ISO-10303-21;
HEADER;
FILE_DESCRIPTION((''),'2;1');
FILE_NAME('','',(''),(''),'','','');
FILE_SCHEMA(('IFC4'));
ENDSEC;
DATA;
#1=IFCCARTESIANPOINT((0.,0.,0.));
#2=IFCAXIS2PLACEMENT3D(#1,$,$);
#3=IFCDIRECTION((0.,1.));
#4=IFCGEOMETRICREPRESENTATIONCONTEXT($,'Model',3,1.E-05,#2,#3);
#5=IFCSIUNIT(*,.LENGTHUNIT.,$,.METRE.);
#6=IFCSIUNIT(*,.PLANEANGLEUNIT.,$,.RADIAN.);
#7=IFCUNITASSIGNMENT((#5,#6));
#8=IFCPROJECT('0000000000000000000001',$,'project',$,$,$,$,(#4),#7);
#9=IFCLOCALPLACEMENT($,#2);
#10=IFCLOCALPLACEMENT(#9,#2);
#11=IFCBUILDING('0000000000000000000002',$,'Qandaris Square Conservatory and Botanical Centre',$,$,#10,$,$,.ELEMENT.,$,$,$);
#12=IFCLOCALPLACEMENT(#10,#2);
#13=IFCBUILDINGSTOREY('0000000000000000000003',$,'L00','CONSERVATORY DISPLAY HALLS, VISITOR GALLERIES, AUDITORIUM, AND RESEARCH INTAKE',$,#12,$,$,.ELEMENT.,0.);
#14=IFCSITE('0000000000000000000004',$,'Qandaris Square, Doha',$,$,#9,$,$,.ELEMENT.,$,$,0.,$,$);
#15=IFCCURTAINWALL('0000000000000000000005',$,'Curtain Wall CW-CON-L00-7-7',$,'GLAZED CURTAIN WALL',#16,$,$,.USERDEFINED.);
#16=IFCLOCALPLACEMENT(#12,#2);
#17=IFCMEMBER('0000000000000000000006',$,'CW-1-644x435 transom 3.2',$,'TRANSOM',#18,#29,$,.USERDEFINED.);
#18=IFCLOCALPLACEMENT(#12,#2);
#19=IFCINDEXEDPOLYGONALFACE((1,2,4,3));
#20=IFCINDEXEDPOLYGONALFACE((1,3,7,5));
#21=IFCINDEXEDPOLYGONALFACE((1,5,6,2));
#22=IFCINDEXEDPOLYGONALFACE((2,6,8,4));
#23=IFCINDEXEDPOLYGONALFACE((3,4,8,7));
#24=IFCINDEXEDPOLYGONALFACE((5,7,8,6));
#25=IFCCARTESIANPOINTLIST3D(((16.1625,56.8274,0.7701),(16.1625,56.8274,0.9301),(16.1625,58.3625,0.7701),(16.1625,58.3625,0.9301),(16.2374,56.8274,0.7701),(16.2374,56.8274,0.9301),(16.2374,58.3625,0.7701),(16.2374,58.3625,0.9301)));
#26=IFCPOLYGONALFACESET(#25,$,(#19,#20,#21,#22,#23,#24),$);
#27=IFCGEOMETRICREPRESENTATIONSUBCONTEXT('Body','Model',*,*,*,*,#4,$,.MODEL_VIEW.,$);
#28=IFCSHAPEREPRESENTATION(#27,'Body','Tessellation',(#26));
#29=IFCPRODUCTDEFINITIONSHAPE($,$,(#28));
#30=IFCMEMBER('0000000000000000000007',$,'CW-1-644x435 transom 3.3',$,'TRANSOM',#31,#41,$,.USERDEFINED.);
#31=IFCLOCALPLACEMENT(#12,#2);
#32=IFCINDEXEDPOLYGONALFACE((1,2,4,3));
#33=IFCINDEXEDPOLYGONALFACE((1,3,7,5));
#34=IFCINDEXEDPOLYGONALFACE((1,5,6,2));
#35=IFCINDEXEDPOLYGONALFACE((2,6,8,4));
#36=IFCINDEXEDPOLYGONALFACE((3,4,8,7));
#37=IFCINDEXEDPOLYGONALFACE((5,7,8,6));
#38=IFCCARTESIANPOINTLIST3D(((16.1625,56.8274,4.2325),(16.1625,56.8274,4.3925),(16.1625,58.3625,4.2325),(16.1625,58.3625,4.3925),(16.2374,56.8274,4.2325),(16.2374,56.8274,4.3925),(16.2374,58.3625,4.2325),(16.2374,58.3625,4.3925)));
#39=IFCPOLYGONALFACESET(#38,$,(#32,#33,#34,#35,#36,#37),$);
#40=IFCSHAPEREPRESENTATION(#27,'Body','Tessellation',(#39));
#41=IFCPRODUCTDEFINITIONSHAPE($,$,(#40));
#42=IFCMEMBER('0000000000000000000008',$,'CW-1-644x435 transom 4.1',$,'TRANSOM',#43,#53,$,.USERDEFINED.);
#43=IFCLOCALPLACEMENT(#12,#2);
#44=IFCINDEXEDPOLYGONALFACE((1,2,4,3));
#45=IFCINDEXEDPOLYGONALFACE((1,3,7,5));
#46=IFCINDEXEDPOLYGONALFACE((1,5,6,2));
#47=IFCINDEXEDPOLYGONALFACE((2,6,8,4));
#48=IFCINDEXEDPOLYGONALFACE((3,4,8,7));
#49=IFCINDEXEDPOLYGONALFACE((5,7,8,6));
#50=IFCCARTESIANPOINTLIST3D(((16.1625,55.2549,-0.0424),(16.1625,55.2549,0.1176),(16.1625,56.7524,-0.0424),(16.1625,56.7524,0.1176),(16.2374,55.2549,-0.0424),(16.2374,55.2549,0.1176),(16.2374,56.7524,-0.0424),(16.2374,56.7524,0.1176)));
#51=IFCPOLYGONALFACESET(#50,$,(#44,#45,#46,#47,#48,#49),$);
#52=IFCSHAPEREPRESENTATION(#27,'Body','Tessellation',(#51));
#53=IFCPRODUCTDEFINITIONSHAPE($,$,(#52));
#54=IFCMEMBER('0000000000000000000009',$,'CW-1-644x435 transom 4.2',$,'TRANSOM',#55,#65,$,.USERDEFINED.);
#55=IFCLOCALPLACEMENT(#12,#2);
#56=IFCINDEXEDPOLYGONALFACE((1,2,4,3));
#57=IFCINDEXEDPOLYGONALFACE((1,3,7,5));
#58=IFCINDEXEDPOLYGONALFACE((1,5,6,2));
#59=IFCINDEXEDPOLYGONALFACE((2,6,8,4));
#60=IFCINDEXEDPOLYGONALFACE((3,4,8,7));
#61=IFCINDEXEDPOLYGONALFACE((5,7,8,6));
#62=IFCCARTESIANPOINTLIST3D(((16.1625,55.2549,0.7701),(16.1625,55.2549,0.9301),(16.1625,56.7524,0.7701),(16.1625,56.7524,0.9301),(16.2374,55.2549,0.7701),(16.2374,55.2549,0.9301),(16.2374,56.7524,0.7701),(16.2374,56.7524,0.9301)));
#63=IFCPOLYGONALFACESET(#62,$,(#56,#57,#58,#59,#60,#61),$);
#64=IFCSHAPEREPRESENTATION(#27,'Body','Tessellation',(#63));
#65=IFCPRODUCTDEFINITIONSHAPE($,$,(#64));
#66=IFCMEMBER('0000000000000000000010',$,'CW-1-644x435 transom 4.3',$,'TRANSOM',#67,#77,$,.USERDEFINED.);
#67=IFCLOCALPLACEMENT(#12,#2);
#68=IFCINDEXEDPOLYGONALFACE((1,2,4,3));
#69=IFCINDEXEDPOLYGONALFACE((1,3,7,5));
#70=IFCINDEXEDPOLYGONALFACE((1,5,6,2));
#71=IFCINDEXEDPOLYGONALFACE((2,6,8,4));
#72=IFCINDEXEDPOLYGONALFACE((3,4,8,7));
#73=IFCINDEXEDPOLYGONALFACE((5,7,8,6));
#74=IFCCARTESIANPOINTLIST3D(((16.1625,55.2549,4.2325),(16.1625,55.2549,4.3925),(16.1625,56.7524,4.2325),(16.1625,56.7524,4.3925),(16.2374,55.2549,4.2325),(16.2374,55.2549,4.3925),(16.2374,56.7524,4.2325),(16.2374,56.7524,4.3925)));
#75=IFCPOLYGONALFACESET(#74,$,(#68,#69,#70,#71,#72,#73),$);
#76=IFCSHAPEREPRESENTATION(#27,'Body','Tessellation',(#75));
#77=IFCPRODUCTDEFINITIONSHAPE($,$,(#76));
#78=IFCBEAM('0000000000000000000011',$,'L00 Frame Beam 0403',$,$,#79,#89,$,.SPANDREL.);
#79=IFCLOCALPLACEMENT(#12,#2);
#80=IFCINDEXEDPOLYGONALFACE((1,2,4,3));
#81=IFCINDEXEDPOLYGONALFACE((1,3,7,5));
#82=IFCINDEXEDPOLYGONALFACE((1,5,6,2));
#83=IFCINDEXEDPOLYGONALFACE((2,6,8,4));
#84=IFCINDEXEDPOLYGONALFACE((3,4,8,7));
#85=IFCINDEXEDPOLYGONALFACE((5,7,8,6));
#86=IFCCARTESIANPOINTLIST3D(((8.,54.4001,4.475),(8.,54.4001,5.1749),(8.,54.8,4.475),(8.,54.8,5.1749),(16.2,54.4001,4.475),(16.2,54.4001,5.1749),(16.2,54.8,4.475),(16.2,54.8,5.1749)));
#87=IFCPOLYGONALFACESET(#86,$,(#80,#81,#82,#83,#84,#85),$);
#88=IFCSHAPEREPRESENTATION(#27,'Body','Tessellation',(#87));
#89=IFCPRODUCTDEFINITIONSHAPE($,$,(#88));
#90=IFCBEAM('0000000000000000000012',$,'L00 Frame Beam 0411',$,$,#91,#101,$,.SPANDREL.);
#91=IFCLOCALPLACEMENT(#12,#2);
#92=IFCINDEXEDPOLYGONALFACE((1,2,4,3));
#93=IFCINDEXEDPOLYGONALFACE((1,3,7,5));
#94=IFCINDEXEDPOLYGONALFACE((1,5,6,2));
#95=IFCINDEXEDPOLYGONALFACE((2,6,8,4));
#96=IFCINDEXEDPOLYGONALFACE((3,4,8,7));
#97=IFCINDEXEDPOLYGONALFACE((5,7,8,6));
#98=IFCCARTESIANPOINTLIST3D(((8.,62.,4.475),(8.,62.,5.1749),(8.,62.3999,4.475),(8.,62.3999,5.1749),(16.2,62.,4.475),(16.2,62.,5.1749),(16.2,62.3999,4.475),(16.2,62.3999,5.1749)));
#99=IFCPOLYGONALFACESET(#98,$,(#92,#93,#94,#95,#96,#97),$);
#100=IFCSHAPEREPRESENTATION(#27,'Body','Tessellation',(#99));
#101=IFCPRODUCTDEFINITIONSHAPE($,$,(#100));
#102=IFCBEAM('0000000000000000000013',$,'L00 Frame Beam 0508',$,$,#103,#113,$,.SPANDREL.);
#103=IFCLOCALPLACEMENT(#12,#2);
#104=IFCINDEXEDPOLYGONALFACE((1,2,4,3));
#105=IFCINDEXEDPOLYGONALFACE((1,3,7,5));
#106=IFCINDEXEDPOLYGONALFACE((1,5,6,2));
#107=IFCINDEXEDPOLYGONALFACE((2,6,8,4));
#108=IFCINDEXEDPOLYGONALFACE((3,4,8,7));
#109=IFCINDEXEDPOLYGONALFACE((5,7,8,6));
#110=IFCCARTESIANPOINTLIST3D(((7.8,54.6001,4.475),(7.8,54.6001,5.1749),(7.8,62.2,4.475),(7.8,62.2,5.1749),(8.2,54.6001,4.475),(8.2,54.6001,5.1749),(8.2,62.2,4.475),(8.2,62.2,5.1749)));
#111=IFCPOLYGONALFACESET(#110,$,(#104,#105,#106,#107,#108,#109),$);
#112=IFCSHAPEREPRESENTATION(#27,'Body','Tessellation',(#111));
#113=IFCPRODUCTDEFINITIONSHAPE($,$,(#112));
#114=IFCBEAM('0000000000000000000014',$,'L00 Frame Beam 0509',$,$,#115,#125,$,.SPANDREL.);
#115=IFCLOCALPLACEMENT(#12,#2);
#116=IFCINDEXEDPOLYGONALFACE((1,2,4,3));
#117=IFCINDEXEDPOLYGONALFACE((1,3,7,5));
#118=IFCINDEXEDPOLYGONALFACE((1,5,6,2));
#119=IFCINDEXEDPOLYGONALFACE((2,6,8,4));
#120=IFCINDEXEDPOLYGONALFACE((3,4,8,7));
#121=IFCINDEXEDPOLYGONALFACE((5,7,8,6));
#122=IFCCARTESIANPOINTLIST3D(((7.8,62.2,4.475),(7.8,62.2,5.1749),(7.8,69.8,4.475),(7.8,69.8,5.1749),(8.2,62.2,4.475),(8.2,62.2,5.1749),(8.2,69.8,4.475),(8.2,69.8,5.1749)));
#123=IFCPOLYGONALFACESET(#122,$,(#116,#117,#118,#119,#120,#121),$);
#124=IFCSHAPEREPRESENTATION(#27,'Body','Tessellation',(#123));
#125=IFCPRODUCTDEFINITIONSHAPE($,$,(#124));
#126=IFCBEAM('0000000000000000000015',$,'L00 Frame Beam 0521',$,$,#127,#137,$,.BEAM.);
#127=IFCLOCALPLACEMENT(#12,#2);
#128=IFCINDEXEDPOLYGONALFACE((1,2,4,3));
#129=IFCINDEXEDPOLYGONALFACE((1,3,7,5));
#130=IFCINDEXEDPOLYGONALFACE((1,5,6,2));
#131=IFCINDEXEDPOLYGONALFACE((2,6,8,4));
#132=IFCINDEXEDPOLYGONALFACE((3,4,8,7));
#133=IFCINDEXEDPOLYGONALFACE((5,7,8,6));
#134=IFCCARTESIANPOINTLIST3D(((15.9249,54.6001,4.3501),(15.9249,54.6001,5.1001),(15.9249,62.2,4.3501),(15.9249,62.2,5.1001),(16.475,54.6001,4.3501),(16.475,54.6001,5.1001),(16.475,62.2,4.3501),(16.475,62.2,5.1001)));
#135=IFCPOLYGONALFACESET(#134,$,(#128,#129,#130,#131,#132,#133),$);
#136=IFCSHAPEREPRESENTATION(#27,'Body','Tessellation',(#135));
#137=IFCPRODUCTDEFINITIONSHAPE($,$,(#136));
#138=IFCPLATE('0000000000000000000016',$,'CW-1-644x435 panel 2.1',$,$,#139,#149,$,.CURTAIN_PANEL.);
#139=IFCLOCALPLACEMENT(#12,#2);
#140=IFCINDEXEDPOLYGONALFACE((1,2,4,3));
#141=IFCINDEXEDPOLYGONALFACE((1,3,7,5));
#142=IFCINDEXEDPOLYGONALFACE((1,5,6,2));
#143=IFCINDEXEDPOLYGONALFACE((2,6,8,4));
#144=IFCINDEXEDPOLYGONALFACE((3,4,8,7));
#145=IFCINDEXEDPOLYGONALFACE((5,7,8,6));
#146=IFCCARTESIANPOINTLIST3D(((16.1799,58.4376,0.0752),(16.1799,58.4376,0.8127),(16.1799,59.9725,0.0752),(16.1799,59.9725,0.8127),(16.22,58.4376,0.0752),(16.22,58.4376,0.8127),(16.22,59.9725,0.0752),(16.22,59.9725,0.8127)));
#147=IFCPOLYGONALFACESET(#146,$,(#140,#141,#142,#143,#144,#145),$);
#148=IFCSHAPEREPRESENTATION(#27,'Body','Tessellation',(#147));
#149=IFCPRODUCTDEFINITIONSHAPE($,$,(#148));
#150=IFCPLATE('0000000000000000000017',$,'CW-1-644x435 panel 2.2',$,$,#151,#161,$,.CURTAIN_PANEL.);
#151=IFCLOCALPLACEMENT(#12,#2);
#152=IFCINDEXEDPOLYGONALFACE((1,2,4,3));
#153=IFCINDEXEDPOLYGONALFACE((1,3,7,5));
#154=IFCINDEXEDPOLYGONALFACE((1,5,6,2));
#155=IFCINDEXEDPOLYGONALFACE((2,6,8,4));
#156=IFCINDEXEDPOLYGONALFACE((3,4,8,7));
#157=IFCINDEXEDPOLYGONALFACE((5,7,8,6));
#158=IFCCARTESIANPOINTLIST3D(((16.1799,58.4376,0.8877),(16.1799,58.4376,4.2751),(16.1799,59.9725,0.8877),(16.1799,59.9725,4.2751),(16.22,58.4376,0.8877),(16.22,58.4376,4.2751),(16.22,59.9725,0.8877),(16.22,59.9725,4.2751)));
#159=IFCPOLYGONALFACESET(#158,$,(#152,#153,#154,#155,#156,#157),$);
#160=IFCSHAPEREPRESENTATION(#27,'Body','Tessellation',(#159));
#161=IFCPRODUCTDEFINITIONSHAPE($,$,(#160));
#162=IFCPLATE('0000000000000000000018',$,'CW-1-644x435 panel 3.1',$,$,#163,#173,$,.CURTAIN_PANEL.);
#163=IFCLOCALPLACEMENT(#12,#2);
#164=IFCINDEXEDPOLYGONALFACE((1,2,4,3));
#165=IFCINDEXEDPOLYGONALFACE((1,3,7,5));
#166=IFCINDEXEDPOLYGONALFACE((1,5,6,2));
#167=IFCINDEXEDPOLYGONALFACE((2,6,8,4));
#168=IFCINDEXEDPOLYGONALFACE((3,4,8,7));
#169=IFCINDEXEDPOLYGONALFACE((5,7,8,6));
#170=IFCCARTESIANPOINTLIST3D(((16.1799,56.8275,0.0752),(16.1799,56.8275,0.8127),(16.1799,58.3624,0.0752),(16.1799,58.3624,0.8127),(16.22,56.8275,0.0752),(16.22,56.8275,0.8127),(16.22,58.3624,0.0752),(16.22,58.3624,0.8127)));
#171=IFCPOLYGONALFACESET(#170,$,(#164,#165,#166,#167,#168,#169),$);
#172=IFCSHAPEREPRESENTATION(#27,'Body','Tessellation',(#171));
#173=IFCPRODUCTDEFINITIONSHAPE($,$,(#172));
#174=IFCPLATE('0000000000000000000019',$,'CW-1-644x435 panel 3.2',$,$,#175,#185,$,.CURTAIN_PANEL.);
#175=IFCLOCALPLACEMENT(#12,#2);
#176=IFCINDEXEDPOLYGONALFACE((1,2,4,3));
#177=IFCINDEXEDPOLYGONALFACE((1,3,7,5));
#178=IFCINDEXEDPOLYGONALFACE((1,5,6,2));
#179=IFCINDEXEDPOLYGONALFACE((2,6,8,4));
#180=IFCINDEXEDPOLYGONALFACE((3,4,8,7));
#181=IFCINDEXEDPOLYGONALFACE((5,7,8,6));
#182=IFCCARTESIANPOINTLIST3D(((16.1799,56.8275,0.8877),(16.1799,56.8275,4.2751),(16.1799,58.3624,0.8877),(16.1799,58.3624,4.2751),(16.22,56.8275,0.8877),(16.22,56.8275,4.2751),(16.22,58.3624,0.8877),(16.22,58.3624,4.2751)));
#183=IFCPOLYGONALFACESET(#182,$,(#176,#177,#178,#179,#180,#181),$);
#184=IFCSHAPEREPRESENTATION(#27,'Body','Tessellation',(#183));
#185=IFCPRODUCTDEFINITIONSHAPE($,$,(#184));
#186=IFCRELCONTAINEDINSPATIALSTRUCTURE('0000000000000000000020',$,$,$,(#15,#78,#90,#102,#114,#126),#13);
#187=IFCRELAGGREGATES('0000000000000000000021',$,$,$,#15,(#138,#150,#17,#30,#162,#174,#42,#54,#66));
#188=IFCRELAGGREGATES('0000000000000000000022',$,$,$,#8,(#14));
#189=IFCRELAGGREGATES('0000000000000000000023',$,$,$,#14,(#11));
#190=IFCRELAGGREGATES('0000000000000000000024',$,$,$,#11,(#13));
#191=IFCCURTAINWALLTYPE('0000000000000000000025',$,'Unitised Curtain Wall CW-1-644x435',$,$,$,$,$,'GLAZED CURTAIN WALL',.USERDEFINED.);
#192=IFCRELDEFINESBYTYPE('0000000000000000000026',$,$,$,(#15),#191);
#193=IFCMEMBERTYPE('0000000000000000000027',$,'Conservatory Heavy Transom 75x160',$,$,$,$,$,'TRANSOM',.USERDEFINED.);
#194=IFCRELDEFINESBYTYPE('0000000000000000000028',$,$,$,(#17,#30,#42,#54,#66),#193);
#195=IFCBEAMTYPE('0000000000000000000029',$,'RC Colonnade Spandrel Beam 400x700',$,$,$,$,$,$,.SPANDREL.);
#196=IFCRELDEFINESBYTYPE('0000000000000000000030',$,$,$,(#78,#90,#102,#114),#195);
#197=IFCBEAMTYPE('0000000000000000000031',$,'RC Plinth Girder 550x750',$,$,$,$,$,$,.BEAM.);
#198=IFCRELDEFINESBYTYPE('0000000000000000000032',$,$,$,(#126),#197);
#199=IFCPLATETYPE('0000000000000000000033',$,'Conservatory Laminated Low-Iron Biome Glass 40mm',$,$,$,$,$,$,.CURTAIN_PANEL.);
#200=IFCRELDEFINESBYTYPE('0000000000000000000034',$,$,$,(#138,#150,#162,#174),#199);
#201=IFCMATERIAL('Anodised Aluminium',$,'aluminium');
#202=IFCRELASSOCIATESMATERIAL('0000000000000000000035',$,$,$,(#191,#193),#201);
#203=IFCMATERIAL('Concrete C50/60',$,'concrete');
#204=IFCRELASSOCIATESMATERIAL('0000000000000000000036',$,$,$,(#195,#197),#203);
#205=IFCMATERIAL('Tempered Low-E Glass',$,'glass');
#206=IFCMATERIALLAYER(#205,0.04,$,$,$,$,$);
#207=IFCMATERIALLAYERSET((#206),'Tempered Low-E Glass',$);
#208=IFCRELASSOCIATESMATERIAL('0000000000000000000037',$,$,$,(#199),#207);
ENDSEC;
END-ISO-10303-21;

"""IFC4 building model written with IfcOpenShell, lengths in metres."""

from ifc_helpers import new_model, si_unit, direction, frame, origin, origin_2d, place, context, subcontext, project, spatial, rectangle, extrude, material, layer, layer_set, material_profile, profile_set, type_object, element, aggregate, save


model = new_model("IFC4")

# Units and contexts
model_context = context("Model", 3, precision=1e-05, world=origin(), true_north=direction((0.0, 1.0)))
body_context = subcontext(model_context, "Body", "Model", "MODEL_VIEW")
ifc_project = project(units=[si_unit("LENGTHUNIT", "METRE"), si_unit("PLANEANGLEUNIT", "RADIAN")], contexts=[model_context])

# Site, building, storey
site_placement = place(None, origin())
site = spatial("IfcSite", under=ifc_project, at=site_placement, Name="Qandaris Square, Doha", CompositionType="ELEMENT", RefElevation=0.0)
building_placement = place(site_placement, origin())
building = spatial("IfcBuilding", under=site, at=building_placement, Name="Qandaris Square Conservatory and Botanical Centre", CompositionType="ELEMENT")
storey_placement = place(building_placement, origin())
storey = spatial("IfcBuildingStorey", under=building, at=storey_placement, Name="L00", Description="CONSERVATORY DISPLAY HALLS, VISITOR GALLERIES, AUDITORIUM, AND RESEARCH INTAKE", CompositionType="ELEMENT", Elevation=0.0)

# Shared definitions
ifc_material_1 = material(Name="Concrete C50/60", Category="concrete")

# Curtain wall, members
ifc_material_2 = material(Name="Anodised Aluminium", Category="aluminium")
curtain_wall_type = type_object("IfcCurtainWallType", Name="Unitised Curtain Wall CW-1-644x435", ElementType="GLAZED CURTAIN WALL", PredefinedType="USERDEFINED", material=ifc_material_2)
curtain_wall_placement = place(storey_placement, origin())
curtain_wall = element("IfcCurtainWall", 1, at=curtain_wall_placement, inside=storey, type_object=curtain_wall_type, Name="Curtain Wall CW-CON-L00-7-7", ObjectType="GLAZED CURTAIN WALL", PredefinedType="USERDEFINED")
ifc_material_profile_1 = material_profile(ifc_material_2, rectangle(XDim=0.075, YDim=0.1599, at=origin_2d()), Name="ALU-TRN 75x160")
ifc_profile_set_1 = profile_set([ifc_material_profile_1], Name="Anodised Aluminium")
member_type_1 = type_object("IfcMemberType", Name="Conservatory Heavy Transom 75x160", ElementType="TRANSOM", PredefinedType="USERDEFINED", material=ifc_profile_set_1)
member_1_placement = place(storey_placement, frame((16.2, 58.3625, 0.8501), z_axis=(0.0, -1.0, 0.0), x_axis=(1.0, 0.0, 0.0)))
member_1 = element("IfcMember", 2, at=member_1_placement, type_object=member_type_1, Name="CW-1-644x435 transom 3.2", ObjectType="TRANSOM", PredefinedType="USERDEFINED", context=body_context, shape_type="SweptSolid", body=[
    extrude(rectangle(XDim=0.075, YDim=0.1599, at=origin_2d()), origin(), (0.0, 0.0, 1.0), 1.5352),
])
member_2_placement = place(storey_placement, frame((16.2, 58.3625, 4.3125), z_axis=(0.0, -1.0, 0.0), x_axis=(1.0, 0.0, 0.0)))
member_2 = element("IfcMember", 3, at=member_2_placement, type_object=member_type_1, Name="CW-1-644x435 transom 3.3", ObjectType="TRANSOM", PredefinedType="USERDEFINED", context=body_context, shape_type="SweptSolid", body=[
    extrude(rectangle(XDim=0.075, YDim=0.1599, at=origin_2d()), origin(), (0.0, 0.0, 1.0), 1.5352),
])
member_3_placement = place(storey_placement, frame((16.2, 56.7524, 0.0376), z_axis=(0.0, -1.0, 0.0), x_axis=(1.0, 0.0, 0.0)))
member_3 = element("IfcMember", 4, at=member_3_placement, type_object=member_type_1, Name="CW-1-644x435 transom 4.1", ObjectType="TRANSOM", PredefinedType="USERDEFINED", context=body_context, shape_type="SweptSolid", body=[
    extrude(rectangle(XDim=0.075, YDim=0.1599, at=origin_2d()), origin(), (0.0, 0.0, 1.0), 1.4976),
])
member_4_placement = place(storey_placement, frame((16.2, 56.7524, 0.8501), z_axis=(0.0, -1.0, 0.0), x_axis=(1.0, 0.0, 0.0)))
member_4 = element("IfcMember", 5, at=member_4_placement, type_object=member_type_1, Name="CW-1-644x435 transom 4.2", ObjectType="TRANSOM", PredefinedType="USERDEFINED", context=body_context, shape_type="SweptSolid", body=[
    extrude(rectangle(XDim=0.075, YDim=0.1599, at=origin_2d()), origin(), (0.0, 0.0, 1.0), 1.4976),
])
member_5_placement = place(storey_placement, frame((16.2, 56.7524, 4.3125), z_axis=(0.0, -1.0, 0.0), x_axis=(1.0, 0.0, 0.0)))
member_5 = element("IfcMember", 6, at=member_5_placement, type_object=member_type_1, Name="CW-1-644x435 transom 4.3", ObjectType="TRANSOM", PredefinedType="USERDEFINED", context=body_context, shape_type="SweptSolid", body=[
    extrude(rectangle(XDim=0.075, YDim=0.1599, at=origin_2d()), origin(), (0.0, 0.0, 1.0), 1.4976),
])

# Beams
ifc_material_profile_2 = material_profile(ifc_material_1, rectangle(XDim=0.3999, YDim=0.7, at=origin_2d()), Name="RC-SP 400x700")
ifc_profile_set_2 = profile_set([ifc_material_profile_2], Name="Concrete C50/60")
beam_type_1 = type_object("IfcBeamType", Name="RC Colonnade Spandrel Beam 400x700", PredefinedType="SPANDREL", material=ifc_profile_set_2)
for number, where, z_axis, x_axis, name in (
    (7, (8.0, 54.6001, 4.825), (1.0, 0.0, 0.0), (0.0, 1.0, 0.0), "L00 Frame Beam 0403"),
    (8, (8.0, 62.2, 4.825), (1.0, 0.0, 0.0), (0.0, 1.0, 0.0), "L00 Frame Beam 0411"),
):
    element("IfcBeam", number, at=place(storey_placement, frame(where, z_axis=z_axis, x_axis=x_axis)), inside=storey, type_object=beam_type_1, Name=name, PredefinedType="SPANDREL", context=body_context, shape_type="SweptSolid", body=[
        extrude(rectangle(XDim=0.3999, YDim=0.7, at=origin_2d()), origin(), (0.0, 0.0, 1.0), 8.2),
    ])
beam_1_placement = place(storey_placement, frame((8.0, 54.6001, 4.825), z_axis=(0.0, 1.0, 0.0), x_axis=(-1.0, 0.0, 0.0)))
element("IfcBeam", 9, at=beam_1_placement, inside=storey, type_object=beam_type_1, Name="L00 Frame Beam 0508", PredefinedType="SPANDREL", context=body_context, shape_type="SweptSolid", body=[
    extrude(rectangle(XDim=0.3999, YDim=0.7, at=origin_2d()), origin(), (0.0, 0.0, 1.0), 7.5999),
])
beam_2_placement = place(storey_placement, frame((8.0, 62.2, 4.825), z_axis=(0.0, 1.0, 0.0), x_axis=(-1.0, 0.0, 0.0)))
element("IfcBeam", 10, at=beam_2_placement, inside=storey, type_object=beam_type_1, Name="L00 Frame Beam 0509", PredefinedType="SPANDREL", context=body_context, shape_type="SweptSolid", body=[
    extrude(rectangle(XDim=0.3999, YDim=0.7, at=origin_2d()), origin(), (0.0, 0.0, 1.0), 7.6001),
])
ifc_material_profile_3 = material_profile(ifc_material_1, rectangle(XDim=0.55, YDim=0.75, at=origin_2d()), Name="RC-BM 550x750")
ifc_profile_set_3 = profile_set([ifc_material_profile_3], Name="Concrete C50/60")
beam_type_2 = type_object("IfcBeamType", Name="RC Plinth Girder 550x750", PredefinedType="BEAM", material=ifc_profile_set_3)
beam_3_placement = place(storey_placement, frame((16.2, 54.6001, 4.7251), z_axis=(0.0, 1.0, 0.0), x_axis=(-1.0, 0.0, 0.0)))
element("IfcBeam", 11, at=beam_3_placement, inside=storey, type_object=beam_type_2, Name="L00 Frame Beam 0521", PredefinedType="BEAM", context=body_context, shape_type="SweptSolid", body=[
    extrude(rectangle(XDim=0.55, YDim=0.75, at=origin_2d()), origin(), (0.0, 0.0, 1.0), 7.5999),
])

# Plates
ifc_material_3 = material(Name="Tempered Low-E Glass", Category="glass")
ifc_layer = layer(ifc_material_3, 0.04)
ifc_layer_set = layer_set([ifc_layer], Name="Tempered Low-E Glass")
plate_type = type_object("IfcPlateType", Name="Conservatory Laminated Low-Iron Biome Glass 40mm", PredefinedType="CURTAIN_PANEL", material=ifc_layer_set)
plate_1_placement = place(storey_placement, frame((16.2, 59.2051, 0.0752), z_axis=(0.0, 0.0, 1.0), x_axis=(0.0, -1.0, 0.0)))
plate_1 = element("IfcPlate", 12, at=plate_1_placement, type_object=plate_type, Name="CW-1-644x435 panel 2.1", PredefinedType="CURTAIN_PANEL", context=body_context, shape_type="SweptSolid", body=[
    extrude(rectangle(XDim=1.5349, YDim=0.04, at=origin_2d()), origin(), (0.0, 0.0, 1.0), 0.7375),
])
plate_2_placement = place(storey_placement, frame((16.2, 59.2051, 0.8877), z_axis=(0.0, 0.0, 1.0), x_axis=(0.0, -1.0, 0.0)))
plate_2 = element("IfcPlate", 13, at=plate_2_placement, type_object=plate_type, Name="CW-1-644x435 panel 2.2", PredefinedType="CURTAIN_PANEL", context=body_context, shape_type="SweptSolid", body=[
    extrude(rectangle(XDim=1.5349, YDim=0.04, at=origin_2d()), origin(), (0.0, 0.0, 1.0), 3.3875),
])
plate_3_placement = place(storey_placement, frame((16.2, 57.595, 0.0752), z_axis=(0.0, 0.0, 1.0), x_axis=(0.0, -1.0, 0.0)))
plate_3 = element("IfcPlate", 14, at=plate_3_placement, type_object=plate_type, Name="CW-1-644x435 panel 3.1", PredefinedType="CURTAIN_PANEL", context=body_context, shape_type="SweptSolid", body=[
    extrude(rectangle(XDim=1.5349, YDim=0.04, at=origin_2d()), origin(), (0.0, 0.0, 1.0), 0.7375),
])
plate_4_placement = place(storey_placement, frame((16.2, 57.595, 0.8877), z_axis=(0.0, 0.0, 1.0), x_axis=(0.0, -1.0, 0.0)))
plate_4 = element("IfcPlate", 15, at=plate_4_placement, type_object=plate_type, Name="CW-1-644x435 panel 3.2", PredefinedType="CURTAIN_PANEL", context=body_context, shape_type="SweptSolid", body=[
    extrude(rectangle(XDim=1.5349, YDim=0.04, at=origin_2d()), origin(), (0.0, 0.0, 1.0), 3.3875),
])
aggregate(curtain_wall, [plate_1, plate_2, member_1, member_2, plate_3, plate_4, member_3, member_4, member_5])

save(model, "model.ifc")
